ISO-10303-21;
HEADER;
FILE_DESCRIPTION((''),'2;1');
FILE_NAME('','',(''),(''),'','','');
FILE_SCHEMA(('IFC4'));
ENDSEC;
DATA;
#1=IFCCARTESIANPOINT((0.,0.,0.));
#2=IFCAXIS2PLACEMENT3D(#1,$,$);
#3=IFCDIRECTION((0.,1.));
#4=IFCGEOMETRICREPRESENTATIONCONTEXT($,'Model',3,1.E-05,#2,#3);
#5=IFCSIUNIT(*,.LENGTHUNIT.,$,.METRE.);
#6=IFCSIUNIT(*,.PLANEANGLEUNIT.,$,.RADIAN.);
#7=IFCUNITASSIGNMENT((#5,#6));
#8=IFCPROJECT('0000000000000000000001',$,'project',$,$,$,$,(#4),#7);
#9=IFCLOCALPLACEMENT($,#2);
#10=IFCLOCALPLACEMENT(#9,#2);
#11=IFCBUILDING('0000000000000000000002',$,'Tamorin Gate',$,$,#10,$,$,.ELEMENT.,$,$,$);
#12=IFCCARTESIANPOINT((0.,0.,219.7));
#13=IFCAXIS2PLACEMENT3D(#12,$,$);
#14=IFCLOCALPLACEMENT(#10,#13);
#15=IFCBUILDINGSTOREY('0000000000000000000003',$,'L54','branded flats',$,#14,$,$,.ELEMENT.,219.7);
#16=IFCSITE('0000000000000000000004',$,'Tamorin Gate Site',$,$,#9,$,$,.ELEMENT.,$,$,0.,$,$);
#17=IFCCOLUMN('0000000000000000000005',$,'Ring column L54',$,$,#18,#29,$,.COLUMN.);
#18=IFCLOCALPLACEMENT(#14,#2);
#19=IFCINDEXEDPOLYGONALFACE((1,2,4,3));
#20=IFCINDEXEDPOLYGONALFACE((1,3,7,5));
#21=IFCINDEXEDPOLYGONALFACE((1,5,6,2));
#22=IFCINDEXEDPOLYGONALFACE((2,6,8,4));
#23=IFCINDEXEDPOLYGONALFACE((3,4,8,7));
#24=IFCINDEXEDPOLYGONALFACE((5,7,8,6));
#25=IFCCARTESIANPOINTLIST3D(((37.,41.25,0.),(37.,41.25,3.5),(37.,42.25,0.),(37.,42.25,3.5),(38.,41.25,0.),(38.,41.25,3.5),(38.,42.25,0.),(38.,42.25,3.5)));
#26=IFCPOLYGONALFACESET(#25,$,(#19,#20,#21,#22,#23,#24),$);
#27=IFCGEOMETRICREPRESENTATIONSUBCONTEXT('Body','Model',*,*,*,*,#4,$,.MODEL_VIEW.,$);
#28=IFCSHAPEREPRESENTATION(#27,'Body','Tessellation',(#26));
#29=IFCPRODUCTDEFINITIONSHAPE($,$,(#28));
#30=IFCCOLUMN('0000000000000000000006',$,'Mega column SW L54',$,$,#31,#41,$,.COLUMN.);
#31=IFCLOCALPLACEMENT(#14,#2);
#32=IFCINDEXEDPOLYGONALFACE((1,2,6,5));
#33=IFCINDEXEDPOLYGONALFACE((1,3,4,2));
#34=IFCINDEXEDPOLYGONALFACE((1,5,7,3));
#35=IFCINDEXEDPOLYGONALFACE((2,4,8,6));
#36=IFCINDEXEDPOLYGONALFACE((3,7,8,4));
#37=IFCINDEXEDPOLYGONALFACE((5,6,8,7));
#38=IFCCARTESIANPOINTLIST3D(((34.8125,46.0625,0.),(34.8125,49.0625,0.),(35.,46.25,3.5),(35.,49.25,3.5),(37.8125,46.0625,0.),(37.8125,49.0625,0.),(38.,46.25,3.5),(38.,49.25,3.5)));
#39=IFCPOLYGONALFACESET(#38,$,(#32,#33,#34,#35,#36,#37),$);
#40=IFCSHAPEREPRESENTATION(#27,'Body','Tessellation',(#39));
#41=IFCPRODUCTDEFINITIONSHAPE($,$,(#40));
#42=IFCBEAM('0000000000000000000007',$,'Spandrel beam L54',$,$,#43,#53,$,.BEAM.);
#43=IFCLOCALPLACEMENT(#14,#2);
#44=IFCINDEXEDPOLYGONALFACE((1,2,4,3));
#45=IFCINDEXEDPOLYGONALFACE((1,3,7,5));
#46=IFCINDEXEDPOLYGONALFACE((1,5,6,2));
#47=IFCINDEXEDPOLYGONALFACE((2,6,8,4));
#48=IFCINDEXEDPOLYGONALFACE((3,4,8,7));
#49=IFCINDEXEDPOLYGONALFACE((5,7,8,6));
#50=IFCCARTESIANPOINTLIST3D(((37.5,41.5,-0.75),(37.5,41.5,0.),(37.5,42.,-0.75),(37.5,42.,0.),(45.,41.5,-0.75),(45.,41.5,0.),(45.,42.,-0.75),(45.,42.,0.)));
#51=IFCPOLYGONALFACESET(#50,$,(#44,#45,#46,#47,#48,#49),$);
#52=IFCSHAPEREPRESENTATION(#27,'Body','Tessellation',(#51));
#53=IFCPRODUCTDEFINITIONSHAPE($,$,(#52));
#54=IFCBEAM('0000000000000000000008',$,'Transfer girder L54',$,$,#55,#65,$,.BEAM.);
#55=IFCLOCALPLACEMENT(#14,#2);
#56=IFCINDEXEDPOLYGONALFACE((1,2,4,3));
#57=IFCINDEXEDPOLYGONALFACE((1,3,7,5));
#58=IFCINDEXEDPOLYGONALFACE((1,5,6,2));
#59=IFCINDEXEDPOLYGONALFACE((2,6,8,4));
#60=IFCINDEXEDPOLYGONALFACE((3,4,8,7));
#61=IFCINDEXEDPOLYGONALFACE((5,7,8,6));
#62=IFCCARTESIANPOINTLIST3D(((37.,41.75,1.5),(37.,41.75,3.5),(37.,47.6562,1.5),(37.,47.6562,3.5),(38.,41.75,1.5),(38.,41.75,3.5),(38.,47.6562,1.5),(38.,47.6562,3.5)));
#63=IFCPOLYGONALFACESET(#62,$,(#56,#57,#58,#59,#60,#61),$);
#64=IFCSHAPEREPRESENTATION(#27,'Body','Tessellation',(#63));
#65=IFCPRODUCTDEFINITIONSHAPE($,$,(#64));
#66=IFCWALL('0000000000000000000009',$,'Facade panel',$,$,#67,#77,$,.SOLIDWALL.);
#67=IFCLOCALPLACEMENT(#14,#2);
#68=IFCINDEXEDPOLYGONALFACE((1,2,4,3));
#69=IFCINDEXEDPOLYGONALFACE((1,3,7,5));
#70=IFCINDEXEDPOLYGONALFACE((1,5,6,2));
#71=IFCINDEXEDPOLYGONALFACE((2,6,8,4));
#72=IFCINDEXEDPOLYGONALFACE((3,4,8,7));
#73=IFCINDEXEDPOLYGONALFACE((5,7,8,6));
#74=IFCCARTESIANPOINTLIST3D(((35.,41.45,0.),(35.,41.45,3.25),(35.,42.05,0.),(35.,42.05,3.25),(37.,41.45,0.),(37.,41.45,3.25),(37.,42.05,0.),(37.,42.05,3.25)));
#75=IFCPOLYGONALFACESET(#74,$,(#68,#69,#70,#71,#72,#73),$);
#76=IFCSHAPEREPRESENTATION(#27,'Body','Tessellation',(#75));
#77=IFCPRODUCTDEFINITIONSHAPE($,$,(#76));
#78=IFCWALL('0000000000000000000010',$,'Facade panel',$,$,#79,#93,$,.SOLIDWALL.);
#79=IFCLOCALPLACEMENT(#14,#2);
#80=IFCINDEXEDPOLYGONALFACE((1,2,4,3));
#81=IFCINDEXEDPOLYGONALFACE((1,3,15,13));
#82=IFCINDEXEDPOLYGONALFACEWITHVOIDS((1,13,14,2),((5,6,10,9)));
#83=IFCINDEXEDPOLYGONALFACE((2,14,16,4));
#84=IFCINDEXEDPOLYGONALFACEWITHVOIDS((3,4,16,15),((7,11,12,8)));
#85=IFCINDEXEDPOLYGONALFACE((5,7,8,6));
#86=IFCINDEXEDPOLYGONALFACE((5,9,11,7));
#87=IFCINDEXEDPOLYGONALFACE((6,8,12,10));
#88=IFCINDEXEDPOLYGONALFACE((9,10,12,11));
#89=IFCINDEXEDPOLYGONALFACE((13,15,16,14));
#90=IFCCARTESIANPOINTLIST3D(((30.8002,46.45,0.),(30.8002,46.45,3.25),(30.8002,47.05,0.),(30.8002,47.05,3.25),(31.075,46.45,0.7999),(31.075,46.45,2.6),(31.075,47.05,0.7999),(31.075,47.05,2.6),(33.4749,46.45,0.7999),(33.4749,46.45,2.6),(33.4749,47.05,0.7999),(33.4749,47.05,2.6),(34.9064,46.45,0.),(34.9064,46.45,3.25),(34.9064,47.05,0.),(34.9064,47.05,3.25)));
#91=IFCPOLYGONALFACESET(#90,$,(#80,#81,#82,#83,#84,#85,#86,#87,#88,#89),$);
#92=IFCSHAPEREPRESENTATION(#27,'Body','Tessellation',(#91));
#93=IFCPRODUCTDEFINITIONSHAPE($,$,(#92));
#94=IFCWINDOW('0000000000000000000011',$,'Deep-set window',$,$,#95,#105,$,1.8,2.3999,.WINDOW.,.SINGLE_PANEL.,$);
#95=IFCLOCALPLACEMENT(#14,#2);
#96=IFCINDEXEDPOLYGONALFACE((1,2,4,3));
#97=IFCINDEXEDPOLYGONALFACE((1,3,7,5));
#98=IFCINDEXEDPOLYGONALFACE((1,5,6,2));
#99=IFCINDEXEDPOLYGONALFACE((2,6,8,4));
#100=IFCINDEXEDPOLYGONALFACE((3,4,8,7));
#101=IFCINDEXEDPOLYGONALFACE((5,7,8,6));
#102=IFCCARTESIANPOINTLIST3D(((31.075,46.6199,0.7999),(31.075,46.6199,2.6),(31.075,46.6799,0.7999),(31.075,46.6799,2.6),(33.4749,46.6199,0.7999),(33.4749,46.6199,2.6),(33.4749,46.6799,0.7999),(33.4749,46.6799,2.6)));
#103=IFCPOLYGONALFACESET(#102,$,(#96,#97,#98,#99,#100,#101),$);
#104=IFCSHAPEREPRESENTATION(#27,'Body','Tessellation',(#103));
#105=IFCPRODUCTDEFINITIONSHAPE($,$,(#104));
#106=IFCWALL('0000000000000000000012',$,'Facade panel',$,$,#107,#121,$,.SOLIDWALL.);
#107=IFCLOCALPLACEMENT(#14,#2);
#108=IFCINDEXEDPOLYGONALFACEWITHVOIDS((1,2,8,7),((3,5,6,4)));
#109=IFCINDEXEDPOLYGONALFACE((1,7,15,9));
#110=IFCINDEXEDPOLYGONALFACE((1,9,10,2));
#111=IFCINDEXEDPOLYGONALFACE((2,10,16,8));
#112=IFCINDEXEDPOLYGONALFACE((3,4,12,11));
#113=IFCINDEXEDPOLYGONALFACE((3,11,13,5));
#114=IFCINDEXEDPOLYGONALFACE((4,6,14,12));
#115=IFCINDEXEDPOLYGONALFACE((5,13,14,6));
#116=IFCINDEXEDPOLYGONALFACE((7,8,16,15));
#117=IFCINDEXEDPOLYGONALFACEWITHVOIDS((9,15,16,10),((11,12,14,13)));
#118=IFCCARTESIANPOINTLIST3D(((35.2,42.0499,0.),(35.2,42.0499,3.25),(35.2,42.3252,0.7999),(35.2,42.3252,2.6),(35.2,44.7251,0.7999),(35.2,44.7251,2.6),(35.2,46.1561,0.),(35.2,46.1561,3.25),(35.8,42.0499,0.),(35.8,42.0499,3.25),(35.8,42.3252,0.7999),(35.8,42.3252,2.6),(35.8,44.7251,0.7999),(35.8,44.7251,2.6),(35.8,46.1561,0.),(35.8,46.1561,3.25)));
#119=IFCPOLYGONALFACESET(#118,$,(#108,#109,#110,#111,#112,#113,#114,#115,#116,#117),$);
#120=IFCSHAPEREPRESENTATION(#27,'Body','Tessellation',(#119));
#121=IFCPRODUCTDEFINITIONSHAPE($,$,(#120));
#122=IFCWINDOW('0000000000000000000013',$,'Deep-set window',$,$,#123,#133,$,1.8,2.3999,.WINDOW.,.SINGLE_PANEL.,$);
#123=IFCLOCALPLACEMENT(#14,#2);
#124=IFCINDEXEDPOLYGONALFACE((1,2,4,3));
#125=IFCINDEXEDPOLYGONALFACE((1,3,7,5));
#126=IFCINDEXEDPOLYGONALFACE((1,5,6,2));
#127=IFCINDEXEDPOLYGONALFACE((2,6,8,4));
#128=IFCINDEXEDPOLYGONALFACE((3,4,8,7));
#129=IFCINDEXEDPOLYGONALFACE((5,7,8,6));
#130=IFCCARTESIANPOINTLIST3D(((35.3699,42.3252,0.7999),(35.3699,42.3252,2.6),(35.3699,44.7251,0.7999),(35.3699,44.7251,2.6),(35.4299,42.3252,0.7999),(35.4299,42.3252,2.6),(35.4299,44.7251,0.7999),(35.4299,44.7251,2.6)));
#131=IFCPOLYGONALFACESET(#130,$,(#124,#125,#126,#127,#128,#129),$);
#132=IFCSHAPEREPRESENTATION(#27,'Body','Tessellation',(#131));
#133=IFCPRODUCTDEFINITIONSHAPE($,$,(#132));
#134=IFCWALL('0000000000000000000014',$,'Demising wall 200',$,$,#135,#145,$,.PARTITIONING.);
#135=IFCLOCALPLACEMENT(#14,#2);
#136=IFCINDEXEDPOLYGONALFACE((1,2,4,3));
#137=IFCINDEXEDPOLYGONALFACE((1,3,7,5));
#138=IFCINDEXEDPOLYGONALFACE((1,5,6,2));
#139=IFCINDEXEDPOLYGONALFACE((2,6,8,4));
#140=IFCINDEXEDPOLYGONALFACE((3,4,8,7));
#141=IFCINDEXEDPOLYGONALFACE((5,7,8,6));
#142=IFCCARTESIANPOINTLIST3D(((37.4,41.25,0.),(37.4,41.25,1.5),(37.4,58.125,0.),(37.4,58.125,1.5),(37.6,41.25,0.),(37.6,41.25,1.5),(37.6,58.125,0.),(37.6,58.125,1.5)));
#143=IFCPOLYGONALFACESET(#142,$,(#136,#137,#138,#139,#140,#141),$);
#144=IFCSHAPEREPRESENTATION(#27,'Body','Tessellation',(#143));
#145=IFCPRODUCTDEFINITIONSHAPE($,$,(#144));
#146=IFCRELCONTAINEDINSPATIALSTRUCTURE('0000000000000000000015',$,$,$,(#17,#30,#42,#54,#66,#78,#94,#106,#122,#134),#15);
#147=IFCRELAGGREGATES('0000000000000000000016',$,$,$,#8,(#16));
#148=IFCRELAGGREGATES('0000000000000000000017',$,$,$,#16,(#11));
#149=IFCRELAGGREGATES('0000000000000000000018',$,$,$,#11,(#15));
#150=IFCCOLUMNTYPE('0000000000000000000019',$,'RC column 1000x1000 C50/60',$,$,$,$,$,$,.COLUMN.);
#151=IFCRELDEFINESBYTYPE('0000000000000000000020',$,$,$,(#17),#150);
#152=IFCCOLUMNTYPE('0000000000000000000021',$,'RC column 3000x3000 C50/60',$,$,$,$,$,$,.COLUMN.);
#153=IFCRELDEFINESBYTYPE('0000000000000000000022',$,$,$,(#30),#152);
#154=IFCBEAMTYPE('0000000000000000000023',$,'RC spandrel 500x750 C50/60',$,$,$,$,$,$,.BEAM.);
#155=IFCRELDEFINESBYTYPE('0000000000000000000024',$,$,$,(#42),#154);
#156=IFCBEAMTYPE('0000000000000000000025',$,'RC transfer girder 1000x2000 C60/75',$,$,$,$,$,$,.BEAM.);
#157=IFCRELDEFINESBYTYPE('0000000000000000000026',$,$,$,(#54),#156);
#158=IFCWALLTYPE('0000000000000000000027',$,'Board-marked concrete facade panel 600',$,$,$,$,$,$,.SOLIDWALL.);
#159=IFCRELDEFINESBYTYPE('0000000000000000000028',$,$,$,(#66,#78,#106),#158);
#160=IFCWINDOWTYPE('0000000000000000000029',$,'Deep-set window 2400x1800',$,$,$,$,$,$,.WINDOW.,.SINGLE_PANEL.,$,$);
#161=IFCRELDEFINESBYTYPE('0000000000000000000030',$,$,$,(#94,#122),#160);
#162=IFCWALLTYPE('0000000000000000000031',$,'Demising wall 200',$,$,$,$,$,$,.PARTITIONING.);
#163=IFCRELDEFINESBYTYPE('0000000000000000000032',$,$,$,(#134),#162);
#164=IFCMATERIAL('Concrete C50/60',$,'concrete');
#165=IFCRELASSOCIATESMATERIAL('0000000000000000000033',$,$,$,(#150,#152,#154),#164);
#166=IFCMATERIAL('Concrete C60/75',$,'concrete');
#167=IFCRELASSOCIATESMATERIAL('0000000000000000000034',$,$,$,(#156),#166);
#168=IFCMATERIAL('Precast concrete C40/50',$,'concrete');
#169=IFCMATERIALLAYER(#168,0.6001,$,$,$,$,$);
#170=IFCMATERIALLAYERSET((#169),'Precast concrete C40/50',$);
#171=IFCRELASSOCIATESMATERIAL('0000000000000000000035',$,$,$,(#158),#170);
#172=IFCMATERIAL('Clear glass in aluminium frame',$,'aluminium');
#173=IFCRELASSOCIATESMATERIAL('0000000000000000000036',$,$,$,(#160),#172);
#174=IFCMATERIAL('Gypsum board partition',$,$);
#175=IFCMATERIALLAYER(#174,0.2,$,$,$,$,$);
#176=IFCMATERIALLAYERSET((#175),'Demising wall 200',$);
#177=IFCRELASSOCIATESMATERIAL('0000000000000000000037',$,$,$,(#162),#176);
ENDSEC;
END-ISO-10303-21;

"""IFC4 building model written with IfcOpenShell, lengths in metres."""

from ifc_helpers import new_model, si_unit, direction, frame, frame_2d, origin, origin_2d, place, context, subcontext, project, spatial, rectangle, extrude, material, layer, layer_set, material_profile, profile_set, type_object, element, fill, save


model = new_model("IFC4")

# Units and contexts
model_context = context("Model", 3, precision=1e-05, world=origin(), true_north=direction((0.0, 1.0)))
body_context = subcontext(model_context, "Body", "Model", "MODEL_VIEW")
ifc_project = project(units=[si_unit("LENGTHUNIT", "METRE"), si_unit("PLANEANGLEUNIT", "RADIAN")], contexts=[model_context])

# Site, building, storey
site_placement = place(None, origin())
site = spatial("IfcSite", under=ifc_project, at=site_placement, Name="Tamorin Gate Site", CompositionType="ELEMENT", RefElevation=0.0)
building_placement = place(site_placement, origin())
building = spatial("IfcBuilding", under=site, at=building_placement, Name="Tamorin Gate", CompositionType="ELEMENT")
storey_placement = place(building_placement, frame((0.0, 0.0, 219.7)))
storey = spatial("IfcBuildingStorey", under=building, at=storey_placement, Name="L54", Description="branded flats", CompositionType="ELEMENT", Elevation=219.7)

# Columns
ifc_material_1 = material(Name="Concrete C50/60", Category="concrete")
ifc_material_profile_1 = material_profile(ifc_material_1, rectangle(XDim=1.0, YDim=1.0, at=origin_2d()), Name="RC 1000x1000")
ifc_profile_set_1 = profile_set([ifc_material_profile_1], Name="Concrete C50/60")
column_type_1 = type_object("IfcColumnType", Name="RC column 1000x1000 C50/60", PredefinedType="COLUMN", material=ifc_profile_set_1)
column_1_placement = place(storey_placement, frame((37.5, 41.75, 0.0), z_axis=(0.0, 0.0, 1.0), x_axis=(1.0, 0.0, 0.0)))
element("IfcColumn", 1, at=column_1_placement, inside=storey, type_object=column_type_1, Name="Ring column L54", PredefinedType="COLUMN", context=body_context, shape_type="SweptSolid", body=[
    extrude(rectangle(XDim=1.0, YDim=1.0, at=origin_2d()), origin(), (0.0, 0.0, 1.0), 3.5),
])
ifc_material_profile_2 = material_profile(ifc_material_1, rectangle(XDim=3.0, YDim=3.0, at=origin_2d()), Name="RC 3000x3000")
ifc_profile_set_2 = profile_set([ifc_material_profile_2], Name="Concrete C50/60")
column_type_2 = type_object("IfcColumnType", Name="RC column 3000x3000 C50/60", PredefinedType="COLUMN", material=ifc_profile_set_2)
column_2_placement = place(storey_placement, frame((36.3125, 47.5625, 0.0), z_axis=(0.0, 0.0, 1.0), x_axis=(1.0, 0.0, 0.0)))
element("IfcColumn", 2, at=column_2_placement, inside=storey, type_object=column_type_2, Name="Mega column SW L54", PredefinedType="COLUMN", context=body_context, shape_type="SweptSolid", body=[
    extrude(rectangle(XDim=3.0, YDim=3.0, at=origin_2d()), origin(), (0.053418, 0.053418, 0.997142), 3.51),
])

# Beams
ifc_material_profile_3 = material_profile(ifc_material_1, rectangle(XDim=0.5, YDim=0.75, at=origin_2d()), Name="RC 500x750")
ifc_profile_set_3 = profile_set([ifc_material_profile_3], Name="Concrete C50/60")
beam_type_1 = type_object("IfcBeamType", Name="RC spandrel 500x750 C50/60", PredefinedType="BEAM", material=ifc_profile_set_3)
beam_1_placement = place(storey_placement, frame((37.5, 41.75, -0.375), z_axis=(1.0, 0.0, 0.0), x_axis=(0.0, 1.0, 0.0)))
element("IfcBeam", 3, at=beam_1_placement, inside=storey, type_object=beam_type_1, Name="Spandrel beam L54", PredefinedType="BEAM", context=body_context, shape_type="SweptSolid", body=[
    extrude(rectangle(XDim=0.5, YDim=0.75, at=origin_2d()), origin(), (0.0, 0.0, 1.0), 7.5),
])
ifc_material_2 = material(Name="Concrete C60/75", Category="concrete")
ifc_material_profile_4 = material_profile(ifc_material_2, rectangle(XDim=1.0, YDim=2.0, at=origin_2d()), Name="RC 1000x2000")
ifc_profile_set_4 = profile_set([ifc_material_profile_4], Name="Concrete C60/75")
beam_type_2 = type_object("IfcBeamType", Name="RC transfer girder 1000x2000 C60/75", PredefinedType="BEAM", material=ifc_profile_set_4)
beam_2_placement = place(storey_placement, frame((37.5, 41.75, 2.5), z_axis=(0.0, 1.0, 0.0), x_axis=(-1.0, 0.0, 0.0)))
element("IfcBeam", 4, at=beam_2_placement, inside=storey, type_object=beam_type_2, Name="Transfer girder L54", PredefinedType="BEAM", context=body_context, shape_type="SweptSolid", body=[
    extrude(rectangle(XDim=1.0, YDim=2.0, at=origin_2d()), origin(), (0.0, 0.0, 1.0), 5.9062),
])

# Wall
ifc_material_3 = material(Name="Precast concrete C40/50", Category="concrete")
ifc_layer_1 = layer(ifc_material_3, 0.6001)
ifc_layer_set_1 = layer_set([ifc_layer_1], Name="Precast concrete C40/50")
wall_type_1 = type_object("IfcWallType", Name="Board-marked concrete facade panel 600", PredefinedType="SOLIDWALL", material=ifc_layer_set_1)
wall_1_placement = place(storey_placement, frame((35.0, 41.75, 0.0), z_axis=(0.0, 0.0, 1.0), x_axis=(1.0, 0.0, 0.0)))
element("IfcWall", 5, at=wall_1_placement, inside=storey, type_object=wall_type_1, Name="Facade panel", PredefinedType="SOLIDWALL", context=body_context, shape_type="SweptSolid", body=[
    extrude(rectangle(XDim=2.0, YDim=0.6001, at=frame_2d((1.0, 0.0))), origin(), (0.0, 0.0, 1.0), 3.25),
])

# Walls, openings, windows
wall_2_placement = place(storey_placement, frame((30.8, 46.75, 0.0), z_axis=(0.0, 0.0, 1.0), x_axis=(1.0, 0.0, 0.0)))
wall_2 = element("IfcWall", 6, at=wall_2_placement, inside=storey, type_object=wall_type_1, Name="Facade panel", PredefinedType="SOLIDWALL", context=body_context, shape_type="SweptSolid", body=[
    extrude(rectangle(XDim=4.1062, YDim=0.6001, at=frame_2d((2.0532, 0.0))), origin(), (0.0, 0.0, 1.0), 3.25),
])
opening_1_placement = place(wall_2_placement, frame((0.2749, 0.0, 0.8)))
opening_1 = element("IfcOpeningElement", 7, at=opening_1_placement, cuts=wall_2, PredefinedType="OPENING", context=body_context, shape_type="SweptSolid", body=[
    extrude(rectangle(XDim=2.3999, YDim=1.8, at=frame_2d((1.2, 0.8999))), frame((0.0, 0.3101, 0.0), z_axis=(0.0, -1.0, 0.0), x_axis=(1.0, 0.0, 0.0)), (0.0, 0.0, 1.0), 0.6201),
])
ifc_material_4 = material(Name="Clear glass in aluminium frame", Category="aluminium")
window_type = type_object("IfcWindowType", Name="Deep-set window 2400x1800", PartitioningType="SINGLE_PANEL", PredefinedType="WINDOW", material=ifc_material_4)
window_1_placement = place(opening_1_placement, origin())
window_1 = element("IfcWindow", 8, at=window_1_placement, inside=storey, type_object=window_type, Name="Deep-set window", OverallHeight=1.8, OverallWidth=2.3999, PartitioningType="SINGLE_PANEL", PredefinedType="WINDOW", context=body_context, shape_type="SweptSolid", body=[
    extrude(rectangle(XDim=2.3999, YDim=1.8, at=frame_2d((1.2, 0.8999))), frame((0.0, -0.0701, 0.0), z_axis=(0.0, -1.0, 0.0), x_axis=(1.0, 0.0, 0.0)), (0.0, 0.0, 1.0), 0.0601),
])
fill(opening_1, window_1)
wall_3_placement = place(storey_placement, frame((35.5, 46.1562, 0.0), z_axis=(0.0, 0.0, 1.0), x_axis=(0.0, -1.0, 0.0)))
wall_3 = element("IfcWall", 9, at=wall_3_placement, inside=storey, type_object=wall_type_1, Name="Facade panel", PredefinedType="SOLIDWALL", context=body_context, shape_type="SweptSolid", body=[
    extrude(rectangle(XDim=4.1062, YDim=0.6001, at=frame_2d((2.0532, 0.0))), origin(), (0.0, 0.0, 1.0), 3.25),
])
opening_2_placement = place(wall_3_placement, frame((1.4312, 0.0, 0.8)))
opening_2 = element("IfcOpeningElement", 10, at=opening_2_placement, cuts=wall_3, PredefinedType="OPENING", context=body_context, shape_type="SweptSolid", body=[
    extrude(rectangle(XDim=2.3999, YDim=1.8, at=frame_2d((1.2, 0.8999))), frame((0.0, 0.3101, 0.0), z_axis=(0.0, -1.0, 0.0), x_axis=(1.0, 0.0, 0.0)), (0.0, 0.0, 1.0), 0.6201),
])
window_2_placement = place(opening_2_placement, origin())
window_2 = element("IfcWindow", 11, at=window_2_placement, inside=storey, type_object=window_type, Name="Deep-set window", OverallHeight=1.8, OverallWidth=2.3999, PartitioningType="SINGLE_PANEL", PredefinedType="WINDOW", context=body_context, shape_type="SweptSolid", body=[
    extrude(rectangle(XDim=2.3999, YDim=1.8, at=frame_2d((1.2, 0.8999))), frame((0.0, -0.0701, 0.0), z_axis=(0.0, -1.0, 0.0), x_axis=(1.0, 0.0, 0.0)), (0.0, 0.0, 1.0), 0.0601),
])
fill(opening_2, window_2)

# Wall
ifc_material_5 = material(Name="Gypsum board partition")
ifc_layer_2 = layer(ifc_material_5, 0.2)
ifc_layer_set_2 = layer_set([ifc_layer_2], Name="Demising wall 200")
wall_type_2 = type_object("IfcWallType", Name="Demising wall 200", PredefinedType="PARTITIONING", material=ifc_layer_set_2)
wall_4_placement = place(storey_placement, frame((37.5, 41.25, 0.0), z_axis=(0.0, 0.0, 1.0), x_axis=(0.0, 1.0, 0.0)))
element("IfcWall", 12, at=wall_4_placement, inside=storey, type_object=wall_type_2, Name="Demising wall 200", PredefinedType="PARTITIONING", context=body_context, shape_type="SweptSolid", body=[
    extrude(rectangle(XDim=16.875, YDim=0.2, at=frame_2d((8.4375, 0.0))), origin(), (0.0, 0.0, 1.0), 1.5),
])

save(model, "model.ifc")
